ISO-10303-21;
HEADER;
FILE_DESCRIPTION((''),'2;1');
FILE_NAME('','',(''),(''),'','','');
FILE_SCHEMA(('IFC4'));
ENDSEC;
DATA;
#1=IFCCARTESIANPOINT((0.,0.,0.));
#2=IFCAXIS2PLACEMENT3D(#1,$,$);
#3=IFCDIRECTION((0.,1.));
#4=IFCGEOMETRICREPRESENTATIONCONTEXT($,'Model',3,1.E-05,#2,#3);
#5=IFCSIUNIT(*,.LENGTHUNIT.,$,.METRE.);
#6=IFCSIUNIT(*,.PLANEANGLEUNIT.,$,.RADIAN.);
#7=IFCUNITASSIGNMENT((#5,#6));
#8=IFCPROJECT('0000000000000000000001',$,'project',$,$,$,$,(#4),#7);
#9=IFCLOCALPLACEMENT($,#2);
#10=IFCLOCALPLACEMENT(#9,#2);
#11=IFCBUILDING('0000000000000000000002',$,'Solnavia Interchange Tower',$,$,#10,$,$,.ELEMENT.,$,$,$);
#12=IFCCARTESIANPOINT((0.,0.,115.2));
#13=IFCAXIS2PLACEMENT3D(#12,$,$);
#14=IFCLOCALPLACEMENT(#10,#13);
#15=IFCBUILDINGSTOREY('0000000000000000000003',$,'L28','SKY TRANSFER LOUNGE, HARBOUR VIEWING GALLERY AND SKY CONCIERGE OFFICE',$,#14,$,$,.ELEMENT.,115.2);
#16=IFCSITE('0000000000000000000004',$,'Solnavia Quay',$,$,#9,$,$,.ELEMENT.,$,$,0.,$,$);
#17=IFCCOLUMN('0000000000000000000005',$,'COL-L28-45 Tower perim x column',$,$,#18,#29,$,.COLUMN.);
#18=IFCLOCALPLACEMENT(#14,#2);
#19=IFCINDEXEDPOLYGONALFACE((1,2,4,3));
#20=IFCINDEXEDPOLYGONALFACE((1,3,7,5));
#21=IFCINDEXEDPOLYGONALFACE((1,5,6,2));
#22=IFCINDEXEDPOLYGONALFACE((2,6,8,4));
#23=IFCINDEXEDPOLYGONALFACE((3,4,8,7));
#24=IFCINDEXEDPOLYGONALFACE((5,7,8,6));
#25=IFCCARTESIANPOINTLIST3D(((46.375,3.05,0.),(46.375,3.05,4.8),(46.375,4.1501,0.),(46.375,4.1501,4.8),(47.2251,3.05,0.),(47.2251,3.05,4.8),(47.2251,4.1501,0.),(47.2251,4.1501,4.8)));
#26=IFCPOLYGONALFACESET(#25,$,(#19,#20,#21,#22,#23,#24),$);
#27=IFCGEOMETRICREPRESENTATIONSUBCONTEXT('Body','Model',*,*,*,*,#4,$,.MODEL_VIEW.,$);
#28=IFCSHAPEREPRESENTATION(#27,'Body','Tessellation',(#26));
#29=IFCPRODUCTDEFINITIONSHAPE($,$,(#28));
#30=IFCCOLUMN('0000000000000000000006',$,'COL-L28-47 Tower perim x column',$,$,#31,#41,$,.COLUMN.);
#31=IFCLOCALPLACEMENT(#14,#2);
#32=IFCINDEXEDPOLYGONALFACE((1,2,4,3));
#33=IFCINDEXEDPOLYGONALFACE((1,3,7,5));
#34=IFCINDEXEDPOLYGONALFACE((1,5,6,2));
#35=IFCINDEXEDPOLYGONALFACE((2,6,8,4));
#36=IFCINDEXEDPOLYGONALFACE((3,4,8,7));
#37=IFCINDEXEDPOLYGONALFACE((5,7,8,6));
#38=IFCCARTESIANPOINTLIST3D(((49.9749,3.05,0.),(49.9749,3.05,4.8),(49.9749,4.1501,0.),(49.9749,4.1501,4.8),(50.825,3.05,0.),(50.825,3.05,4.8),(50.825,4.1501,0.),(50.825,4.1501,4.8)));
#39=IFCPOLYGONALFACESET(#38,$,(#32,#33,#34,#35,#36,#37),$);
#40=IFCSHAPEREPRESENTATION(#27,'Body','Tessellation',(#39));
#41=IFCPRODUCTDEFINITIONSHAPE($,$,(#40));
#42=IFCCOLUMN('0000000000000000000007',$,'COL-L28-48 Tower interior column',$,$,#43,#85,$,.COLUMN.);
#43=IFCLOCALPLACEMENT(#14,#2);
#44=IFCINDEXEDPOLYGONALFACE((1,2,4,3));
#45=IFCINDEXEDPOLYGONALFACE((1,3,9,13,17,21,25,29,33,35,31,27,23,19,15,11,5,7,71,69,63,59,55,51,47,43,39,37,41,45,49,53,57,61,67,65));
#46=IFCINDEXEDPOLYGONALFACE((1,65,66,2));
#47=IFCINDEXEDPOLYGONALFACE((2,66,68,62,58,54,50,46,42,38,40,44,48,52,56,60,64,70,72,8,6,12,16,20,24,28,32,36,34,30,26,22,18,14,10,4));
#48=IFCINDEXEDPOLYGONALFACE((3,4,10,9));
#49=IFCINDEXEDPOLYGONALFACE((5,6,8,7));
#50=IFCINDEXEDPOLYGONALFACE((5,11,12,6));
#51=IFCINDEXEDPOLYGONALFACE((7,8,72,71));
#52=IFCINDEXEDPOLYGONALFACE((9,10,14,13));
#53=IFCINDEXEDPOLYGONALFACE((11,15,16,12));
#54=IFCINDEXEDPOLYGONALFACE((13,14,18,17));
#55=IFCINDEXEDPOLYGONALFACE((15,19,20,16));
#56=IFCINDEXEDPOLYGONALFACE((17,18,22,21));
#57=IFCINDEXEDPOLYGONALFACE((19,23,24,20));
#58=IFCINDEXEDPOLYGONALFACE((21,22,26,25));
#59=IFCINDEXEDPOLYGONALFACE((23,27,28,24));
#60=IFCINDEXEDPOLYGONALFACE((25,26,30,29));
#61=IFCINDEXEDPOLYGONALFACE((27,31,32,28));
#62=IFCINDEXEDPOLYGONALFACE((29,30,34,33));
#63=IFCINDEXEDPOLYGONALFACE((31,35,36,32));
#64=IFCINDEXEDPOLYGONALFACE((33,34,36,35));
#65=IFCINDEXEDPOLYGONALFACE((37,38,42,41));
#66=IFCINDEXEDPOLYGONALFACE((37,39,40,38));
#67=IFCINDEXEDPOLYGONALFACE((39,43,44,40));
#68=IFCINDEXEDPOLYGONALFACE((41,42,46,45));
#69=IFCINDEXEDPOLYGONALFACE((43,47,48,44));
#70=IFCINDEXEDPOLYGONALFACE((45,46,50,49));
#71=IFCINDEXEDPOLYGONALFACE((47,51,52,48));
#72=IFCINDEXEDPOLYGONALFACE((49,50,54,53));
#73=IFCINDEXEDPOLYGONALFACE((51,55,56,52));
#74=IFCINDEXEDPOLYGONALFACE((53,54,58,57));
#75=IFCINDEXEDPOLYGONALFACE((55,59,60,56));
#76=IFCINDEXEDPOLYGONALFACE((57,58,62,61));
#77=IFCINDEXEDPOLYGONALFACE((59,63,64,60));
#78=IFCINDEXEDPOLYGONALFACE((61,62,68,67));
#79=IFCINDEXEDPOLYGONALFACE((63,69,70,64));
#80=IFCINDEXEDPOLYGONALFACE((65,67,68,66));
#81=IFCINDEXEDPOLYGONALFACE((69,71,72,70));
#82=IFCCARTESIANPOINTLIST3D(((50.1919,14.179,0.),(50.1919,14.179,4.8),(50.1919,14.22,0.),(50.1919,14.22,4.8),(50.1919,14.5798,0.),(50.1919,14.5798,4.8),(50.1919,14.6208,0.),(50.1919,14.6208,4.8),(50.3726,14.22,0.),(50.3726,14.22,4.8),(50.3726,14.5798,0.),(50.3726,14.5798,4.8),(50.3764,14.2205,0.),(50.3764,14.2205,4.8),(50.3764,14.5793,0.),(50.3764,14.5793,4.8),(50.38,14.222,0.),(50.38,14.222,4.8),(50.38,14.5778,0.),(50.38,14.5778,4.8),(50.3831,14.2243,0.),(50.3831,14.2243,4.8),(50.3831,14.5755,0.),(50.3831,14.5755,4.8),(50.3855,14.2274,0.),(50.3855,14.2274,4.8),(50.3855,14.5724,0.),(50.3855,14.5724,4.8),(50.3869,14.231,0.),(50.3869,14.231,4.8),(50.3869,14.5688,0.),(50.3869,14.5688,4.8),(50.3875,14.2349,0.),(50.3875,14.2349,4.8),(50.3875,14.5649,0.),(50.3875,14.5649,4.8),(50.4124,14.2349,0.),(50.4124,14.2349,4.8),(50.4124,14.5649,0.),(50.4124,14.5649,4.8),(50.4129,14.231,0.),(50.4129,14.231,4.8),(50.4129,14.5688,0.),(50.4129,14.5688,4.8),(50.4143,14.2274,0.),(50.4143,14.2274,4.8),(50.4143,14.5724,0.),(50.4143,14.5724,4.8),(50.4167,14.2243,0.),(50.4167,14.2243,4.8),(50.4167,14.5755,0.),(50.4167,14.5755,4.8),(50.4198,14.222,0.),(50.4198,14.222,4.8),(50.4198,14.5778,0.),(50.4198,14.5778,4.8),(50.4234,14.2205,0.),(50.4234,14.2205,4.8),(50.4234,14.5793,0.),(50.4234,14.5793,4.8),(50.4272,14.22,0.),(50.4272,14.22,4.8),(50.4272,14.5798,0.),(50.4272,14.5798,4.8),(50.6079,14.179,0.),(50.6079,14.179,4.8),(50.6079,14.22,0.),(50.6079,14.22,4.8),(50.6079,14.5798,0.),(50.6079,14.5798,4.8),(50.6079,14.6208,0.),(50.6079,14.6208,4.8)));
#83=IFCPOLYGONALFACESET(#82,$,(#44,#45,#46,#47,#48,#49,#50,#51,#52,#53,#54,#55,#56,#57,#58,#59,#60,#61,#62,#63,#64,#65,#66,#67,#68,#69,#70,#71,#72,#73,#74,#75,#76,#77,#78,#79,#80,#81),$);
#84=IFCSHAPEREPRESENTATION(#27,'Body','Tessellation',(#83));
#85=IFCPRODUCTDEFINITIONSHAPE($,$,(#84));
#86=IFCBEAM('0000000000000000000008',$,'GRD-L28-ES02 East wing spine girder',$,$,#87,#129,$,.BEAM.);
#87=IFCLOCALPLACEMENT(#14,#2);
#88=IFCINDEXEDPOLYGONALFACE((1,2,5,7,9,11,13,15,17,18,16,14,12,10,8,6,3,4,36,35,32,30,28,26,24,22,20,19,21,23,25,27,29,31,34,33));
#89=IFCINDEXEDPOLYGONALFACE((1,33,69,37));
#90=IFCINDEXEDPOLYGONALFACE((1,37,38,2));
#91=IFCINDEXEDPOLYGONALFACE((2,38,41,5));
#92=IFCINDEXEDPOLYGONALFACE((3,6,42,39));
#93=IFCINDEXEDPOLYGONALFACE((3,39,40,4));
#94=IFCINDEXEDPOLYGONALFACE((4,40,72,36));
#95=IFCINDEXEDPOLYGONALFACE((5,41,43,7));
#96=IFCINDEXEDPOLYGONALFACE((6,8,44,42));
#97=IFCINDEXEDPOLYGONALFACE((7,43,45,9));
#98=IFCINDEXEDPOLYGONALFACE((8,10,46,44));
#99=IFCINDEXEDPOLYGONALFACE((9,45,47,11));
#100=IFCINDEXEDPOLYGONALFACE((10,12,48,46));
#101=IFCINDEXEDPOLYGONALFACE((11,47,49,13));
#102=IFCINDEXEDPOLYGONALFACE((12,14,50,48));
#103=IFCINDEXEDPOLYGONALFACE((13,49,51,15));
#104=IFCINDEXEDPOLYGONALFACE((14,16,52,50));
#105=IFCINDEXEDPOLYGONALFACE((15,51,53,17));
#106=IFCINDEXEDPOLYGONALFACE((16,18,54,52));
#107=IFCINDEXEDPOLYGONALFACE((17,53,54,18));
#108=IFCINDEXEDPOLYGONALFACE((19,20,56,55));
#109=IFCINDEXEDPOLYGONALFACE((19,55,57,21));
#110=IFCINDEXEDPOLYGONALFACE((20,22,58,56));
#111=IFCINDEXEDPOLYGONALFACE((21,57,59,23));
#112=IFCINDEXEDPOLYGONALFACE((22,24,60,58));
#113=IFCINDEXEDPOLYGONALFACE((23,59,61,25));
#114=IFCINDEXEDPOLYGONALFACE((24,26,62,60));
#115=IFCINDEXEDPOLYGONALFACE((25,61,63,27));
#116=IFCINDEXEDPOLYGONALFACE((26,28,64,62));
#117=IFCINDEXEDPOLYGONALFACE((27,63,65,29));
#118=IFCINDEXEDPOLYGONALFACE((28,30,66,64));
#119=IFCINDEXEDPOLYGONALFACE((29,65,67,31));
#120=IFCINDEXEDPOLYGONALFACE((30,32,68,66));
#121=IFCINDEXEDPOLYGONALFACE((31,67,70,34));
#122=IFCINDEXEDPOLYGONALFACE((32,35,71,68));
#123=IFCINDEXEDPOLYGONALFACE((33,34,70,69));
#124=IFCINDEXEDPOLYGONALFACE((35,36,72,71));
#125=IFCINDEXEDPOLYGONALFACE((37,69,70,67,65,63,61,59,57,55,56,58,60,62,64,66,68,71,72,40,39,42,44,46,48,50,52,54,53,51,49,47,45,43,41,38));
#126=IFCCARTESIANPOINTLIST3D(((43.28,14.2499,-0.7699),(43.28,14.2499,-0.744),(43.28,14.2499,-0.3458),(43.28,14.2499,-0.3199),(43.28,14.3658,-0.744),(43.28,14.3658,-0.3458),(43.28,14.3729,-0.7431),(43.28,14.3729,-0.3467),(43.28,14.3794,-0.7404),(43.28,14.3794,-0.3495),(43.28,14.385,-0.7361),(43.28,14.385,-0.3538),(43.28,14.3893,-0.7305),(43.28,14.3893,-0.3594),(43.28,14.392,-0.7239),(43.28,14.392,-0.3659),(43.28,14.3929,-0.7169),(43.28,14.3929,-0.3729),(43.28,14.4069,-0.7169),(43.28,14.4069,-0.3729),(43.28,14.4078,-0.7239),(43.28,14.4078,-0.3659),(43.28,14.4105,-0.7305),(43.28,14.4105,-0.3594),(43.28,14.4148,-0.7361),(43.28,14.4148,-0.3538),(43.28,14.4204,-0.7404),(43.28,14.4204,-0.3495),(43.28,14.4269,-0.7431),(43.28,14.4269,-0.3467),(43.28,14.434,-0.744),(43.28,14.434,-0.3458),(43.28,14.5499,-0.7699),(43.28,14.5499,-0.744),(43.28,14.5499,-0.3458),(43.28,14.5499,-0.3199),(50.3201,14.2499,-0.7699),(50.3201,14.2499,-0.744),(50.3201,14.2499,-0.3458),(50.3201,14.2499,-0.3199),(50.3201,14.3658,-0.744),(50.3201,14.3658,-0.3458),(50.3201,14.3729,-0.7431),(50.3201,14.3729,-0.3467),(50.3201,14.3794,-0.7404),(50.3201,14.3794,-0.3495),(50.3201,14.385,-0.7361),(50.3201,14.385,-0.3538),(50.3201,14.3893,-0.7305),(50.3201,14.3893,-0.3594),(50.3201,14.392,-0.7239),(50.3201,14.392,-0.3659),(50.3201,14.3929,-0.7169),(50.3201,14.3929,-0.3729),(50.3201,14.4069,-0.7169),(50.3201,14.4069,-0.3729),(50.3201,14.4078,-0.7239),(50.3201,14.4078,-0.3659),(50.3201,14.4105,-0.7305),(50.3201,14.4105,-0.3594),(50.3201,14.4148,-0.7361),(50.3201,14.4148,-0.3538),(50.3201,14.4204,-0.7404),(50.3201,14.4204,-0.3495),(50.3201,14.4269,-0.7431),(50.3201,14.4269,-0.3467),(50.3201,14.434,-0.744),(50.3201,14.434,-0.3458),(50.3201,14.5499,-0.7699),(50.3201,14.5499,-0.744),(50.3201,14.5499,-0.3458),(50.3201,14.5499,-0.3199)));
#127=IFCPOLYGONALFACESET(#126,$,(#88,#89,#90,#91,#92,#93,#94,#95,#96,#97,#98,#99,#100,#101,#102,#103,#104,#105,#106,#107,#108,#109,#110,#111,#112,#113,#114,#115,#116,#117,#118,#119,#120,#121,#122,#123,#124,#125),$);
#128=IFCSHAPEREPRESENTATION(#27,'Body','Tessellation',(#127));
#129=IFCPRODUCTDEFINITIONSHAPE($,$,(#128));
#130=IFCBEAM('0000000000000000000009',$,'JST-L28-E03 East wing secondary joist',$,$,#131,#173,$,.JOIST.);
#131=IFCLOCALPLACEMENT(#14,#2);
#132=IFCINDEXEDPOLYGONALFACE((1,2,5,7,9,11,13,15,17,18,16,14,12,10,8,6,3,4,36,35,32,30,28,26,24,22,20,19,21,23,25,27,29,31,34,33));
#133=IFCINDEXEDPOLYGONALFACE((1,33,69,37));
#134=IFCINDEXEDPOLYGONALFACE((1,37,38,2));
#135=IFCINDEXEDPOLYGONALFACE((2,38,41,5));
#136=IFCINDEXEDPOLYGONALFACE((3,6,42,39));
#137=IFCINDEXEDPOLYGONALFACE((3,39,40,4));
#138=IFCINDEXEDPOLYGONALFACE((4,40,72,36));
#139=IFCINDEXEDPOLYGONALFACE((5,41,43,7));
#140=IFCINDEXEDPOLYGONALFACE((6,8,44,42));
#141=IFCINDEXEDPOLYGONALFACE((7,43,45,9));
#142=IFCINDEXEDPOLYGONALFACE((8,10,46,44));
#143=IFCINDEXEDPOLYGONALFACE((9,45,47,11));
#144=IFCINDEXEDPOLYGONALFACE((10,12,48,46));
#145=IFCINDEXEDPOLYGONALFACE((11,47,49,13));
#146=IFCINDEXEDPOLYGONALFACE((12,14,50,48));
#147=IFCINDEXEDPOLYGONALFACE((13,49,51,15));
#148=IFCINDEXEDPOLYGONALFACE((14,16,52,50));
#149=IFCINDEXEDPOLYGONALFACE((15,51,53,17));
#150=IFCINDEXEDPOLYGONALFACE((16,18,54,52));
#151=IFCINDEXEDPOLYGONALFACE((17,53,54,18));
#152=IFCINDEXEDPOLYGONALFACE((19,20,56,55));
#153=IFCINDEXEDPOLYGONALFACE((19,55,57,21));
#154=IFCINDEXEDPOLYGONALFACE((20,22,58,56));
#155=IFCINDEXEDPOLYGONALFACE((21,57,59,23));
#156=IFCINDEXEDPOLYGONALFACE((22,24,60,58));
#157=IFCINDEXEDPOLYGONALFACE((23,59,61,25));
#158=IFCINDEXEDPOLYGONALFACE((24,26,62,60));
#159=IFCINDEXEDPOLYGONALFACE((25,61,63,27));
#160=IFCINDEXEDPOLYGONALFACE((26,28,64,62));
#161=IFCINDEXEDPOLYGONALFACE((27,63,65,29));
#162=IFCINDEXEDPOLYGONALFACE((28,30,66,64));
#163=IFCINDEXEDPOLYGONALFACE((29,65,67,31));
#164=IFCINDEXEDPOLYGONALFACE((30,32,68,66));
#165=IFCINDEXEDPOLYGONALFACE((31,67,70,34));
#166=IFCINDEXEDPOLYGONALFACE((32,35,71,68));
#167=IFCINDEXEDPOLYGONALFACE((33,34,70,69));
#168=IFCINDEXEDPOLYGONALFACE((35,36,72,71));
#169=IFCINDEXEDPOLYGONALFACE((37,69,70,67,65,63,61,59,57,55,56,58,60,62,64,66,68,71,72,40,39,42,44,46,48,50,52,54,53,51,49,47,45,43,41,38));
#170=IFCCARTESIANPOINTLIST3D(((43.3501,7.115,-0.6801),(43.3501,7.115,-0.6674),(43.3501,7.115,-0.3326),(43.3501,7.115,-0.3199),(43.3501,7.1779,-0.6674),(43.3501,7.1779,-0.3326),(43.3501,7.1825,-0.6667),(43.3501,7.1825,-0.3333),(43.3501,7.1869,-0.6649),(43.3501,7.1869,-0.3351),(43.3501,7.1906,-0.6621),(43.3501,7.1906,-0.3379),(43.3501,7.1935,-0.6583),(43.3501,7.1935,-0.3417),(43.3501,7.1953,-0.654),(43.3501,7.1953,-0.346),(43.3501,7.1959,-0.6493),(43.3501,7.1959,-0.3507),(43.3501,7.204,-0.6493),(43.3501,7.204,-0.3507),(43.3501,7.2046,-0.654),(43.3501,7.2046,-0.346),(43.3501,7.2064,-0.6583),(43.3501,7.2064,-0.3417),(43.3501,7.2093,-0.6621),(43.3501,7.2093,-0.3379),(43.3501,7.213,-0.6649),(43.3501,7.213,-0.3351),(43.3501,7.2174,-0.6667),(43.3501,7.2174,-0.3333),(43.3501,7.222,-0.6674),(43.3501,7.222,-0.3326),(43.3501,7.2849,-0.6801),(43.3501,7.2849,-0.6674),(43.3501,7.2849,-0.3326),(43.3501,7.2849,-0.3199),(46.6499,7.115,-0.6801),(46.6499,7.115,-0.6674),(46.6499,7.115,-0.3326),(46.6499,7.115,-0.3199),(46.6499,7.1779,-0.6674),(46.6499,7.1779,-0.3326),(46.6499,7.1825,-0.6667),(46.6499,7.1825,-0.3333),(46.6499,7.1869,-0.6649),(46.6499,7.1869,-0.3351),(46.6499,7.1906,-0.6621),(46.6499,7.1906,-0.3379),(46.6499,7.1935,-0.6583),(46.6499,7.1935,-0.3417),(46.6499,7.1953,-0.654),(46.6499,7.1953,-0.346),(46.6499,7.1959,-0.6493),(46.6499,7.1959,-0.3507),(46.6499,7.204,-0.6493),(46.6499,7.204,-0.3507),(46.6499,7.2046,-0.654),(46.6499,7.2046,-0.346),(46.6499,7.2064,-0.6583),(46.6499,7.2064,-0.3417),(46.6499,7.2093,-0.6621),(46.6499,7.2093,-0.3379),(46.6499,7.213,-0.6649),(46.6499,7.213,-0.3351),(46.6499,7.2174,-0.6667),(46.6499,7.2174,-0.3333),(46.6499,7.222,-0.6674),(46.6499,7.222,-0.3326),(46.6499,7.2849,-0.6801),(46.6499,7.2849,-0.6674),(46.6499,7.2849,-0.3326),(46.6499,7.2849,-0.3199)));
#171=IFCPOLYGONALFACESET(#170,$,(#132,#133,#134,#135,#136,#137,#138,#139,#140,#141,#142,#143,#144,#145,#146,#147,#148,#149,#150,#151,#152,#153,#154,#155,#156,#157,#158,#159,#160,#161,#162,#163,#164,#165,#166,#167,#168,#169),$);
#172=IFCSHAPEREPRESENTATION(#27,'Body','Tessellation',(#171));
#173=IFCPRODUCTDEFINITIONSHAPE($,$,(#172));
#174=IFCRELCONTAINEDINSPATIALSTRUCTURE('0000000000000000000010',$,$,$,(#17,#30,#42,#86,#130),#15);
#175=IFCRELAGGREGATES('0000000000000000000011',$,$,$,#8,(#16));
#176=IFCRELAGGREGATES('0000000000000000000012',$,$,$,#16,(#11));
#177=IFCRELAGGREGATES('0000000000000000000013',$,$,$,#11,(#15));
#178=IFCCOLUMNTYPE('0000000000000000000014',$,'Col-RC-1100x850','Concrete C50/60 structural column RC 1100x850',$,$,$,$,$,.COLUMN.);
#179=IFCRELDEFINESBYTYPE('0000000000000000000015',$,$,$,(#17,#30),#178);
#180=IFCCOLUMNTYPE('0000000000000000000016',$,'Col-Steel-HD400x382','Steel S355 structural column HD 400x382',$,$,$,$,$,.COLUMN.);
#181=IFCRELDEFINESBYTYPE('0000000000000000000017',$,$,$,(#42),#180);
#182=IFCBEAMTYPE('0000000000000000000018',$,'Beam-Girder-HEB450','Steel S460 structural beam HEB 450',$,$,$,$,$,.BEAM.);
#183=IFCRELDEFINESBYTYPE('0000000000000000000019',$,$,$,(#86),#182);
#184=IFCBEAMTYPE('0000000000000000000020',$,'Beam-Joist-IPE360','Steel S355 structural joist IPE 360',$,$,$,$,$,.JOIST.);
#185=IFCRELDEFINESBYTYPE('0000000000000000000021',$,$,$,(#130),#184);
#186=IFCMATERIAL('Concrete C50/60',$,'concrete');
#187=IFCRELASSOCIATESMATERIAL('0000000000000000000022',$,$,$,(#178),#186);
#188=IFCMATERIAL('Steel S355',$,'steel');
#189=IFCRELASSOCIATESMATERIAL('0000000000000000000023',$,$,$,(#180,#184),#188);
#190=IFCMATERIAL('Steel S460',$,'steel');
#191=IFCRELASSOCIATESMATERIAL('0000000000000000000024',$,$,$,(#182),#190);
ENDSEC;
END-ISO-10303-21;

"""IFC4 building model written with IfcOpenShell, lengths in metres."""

from ifc_helpers import new_model, si_unit, direction, frame, origin, origin_2d, place, context, subcontext, project, spatial, rectangle, i_section, extrude, material, material_profile, profile_set, type_object, element, save


model = new_model("IFC4")

# Units and contexts
model_context = context("Model", 3, precision=1e-05, world=origin(), true_north=direction((0.0, 1.0)))
body_context = subcontext(model_context, "Body", "Model", "MODEL_VIEW")
ifc_project = project(units=[si_unit("LENGTHUNIT", "METRE"), si_unit("PLANEANGLEUNIT", "RADIAN")], contexts=[model_context])

# Site, building, storey
site_placement = place(None, origin())
site = spatial("IfcSite", under=ifc_project, at=site_placement, Name="Solnavia Quay", CompositionType="ELEMENT", RefElevation=0.0)
building_placement = place(site_placement, origin())
building = spatial("IfcBuilding", under=site, at=building_placement, Name="Solnavia Interchange Tower", CompositionType="ELEMENT")
storey_placement = place(building_placement, frame((0.0, 0.0, 115.2)))
storey = spatial("IfcBuildingStorey", under=building, at=storey_placement, Name="L28", Description="SKY TRANSFER LOUNGE, HARBOUR VIEWING GALLERY AND SKY CONCIERGE OFFICE", CompositionType="ELEMENT", Elevation=115.2)

# Columns
ifc_material_1 = material(Name="Concrete C50/60", Category="concrete")
ifc_material_profile_1 = material_profile(ifc_material_1, rectangle(XDim=0.8501, YDim=1.1001, at=origin_2d()), Name="RC 1100x850")
ifc_profile_set_1 = profile_set([ifc_material_profile_1], Name="Concrete C50/60")
column_type_1 = type_object("IfcColumnType", Name="Col-RC-1100x850", Description="Concrete C50/60 structural column RC 1100x850", PredefinedType="COLUMN", material=ifc_profile_set_1)
for number, where, z_axis, x_axis, name in (
    (1, (46.8, 3.6001, 0.0), (0.0, 0.0, 1.0), (1.0, 0.0, 0.0), "COL-L28-45 Tower perim x column"),
    (2, (50.3999, 3.6001, 0.0), (0.0, 0.0, 1.0), (1.0, 0.0, 0.0), "COL-L28-47 Tower perim x column"),
):
    element("IfcColumn", number, at=place(storey_placement, frame(where, z_axis=z_axis, x_axis=x_axis)), inside=storey, type_object=column_type_1, Name=name, PredefinedType="COLUMN", context=body_context, shape_type="SweptSolid", body=[
        extrude(rectangle(XDim=0.8501, YDim=1.1001, at=origin_2d()), origin(), (0.0, 0.0, 1.0), 4.8),
    ])
ifc_material_2 = material(Name="Steel S355", Category="steel")
ifc_material_profile_2 = material_profile(ifc_material_2, i_section(OverallWidth=0.416, OverallDepth=0.4419, WebThickness=0.0249, FlangeThickness=0.041, FilletRadius=0.0149, at=origin_2d()), Name="HD 400x382")
ifc_profile_set_2 = profile_set([ifc_material_profile_2], Name="Steel S355")
column_type_2 = type_object("IfcColumnType", Name="Col-Steel-HD400x382", Description="Steel S355 structural column HD 400x382", PredefinedType="COLUMN", material=ifc_profile_set_2)
column_placement = place(storey_placement, frame((50.3999, 14.3999, 0.0), z_axis=(0.0, 0.0, 1.0), x_axis=(1.0, 0.0, 0.0)))
element("IfcColumn", 3, at=column_placement, inside=storey, type_object=column_type_2, Name="COL-L28-48 Tower interior column", PredefinedType="COLUMN", context=body_context, shape_type="SweptSolid", body=[
    extrude(i_section(OverallWidth=0.416, OverallDepth=0.4419, WebThickness=0.0249, FlangeThickness=0.041, FilletRadius=0.0149, at=origin_2d()), origin(), (0.0, 0.0, 1.0), 4.8),
])

# Beams
ifc_material_3 = material(Name="Steel S460", Category="steel")
ifc_material_profile_3 = material_profile(ifc_material_3, i_section(OverallWidth=0.3, OverallDepth=0.45, WebThickness=0.0139, FlangeThickness=0.0259, FilletRadius=0.0271, at=origin_2d()), Name="HEB 450")
ifc_profile_set_3 = profile_set([ifc_material_profile_3], Name="Steel S460")
beam_type_1 = type_object("IfcBeamType", Name="Beam-Girder-HEB450", Description="Steel S460 structural beam HEB 450", PredefinedType="BEAM", material=ifc_profile_set_3)
beam_1_placement = place(storey_placement, frame((43.28, 14.3999, -0.5449), z_axis=(1.0, 0.0, 0.0), x_axis=(0.0, 1.0, 0.0)))
element("IfcBeam", 4, at=beam_1_placement, inside=storey, type_object=beam_type_1, Name="GRD-L28-ES02 East wing spine girder", PredefinedType="BEAM", context=body_context, shape_type="SweptSolid", body=[
    extrude(i_section(OverallWidth=0.3, OverallDepth=0.45, WebThickness=0.0139, FlangeThickness=0.0259, FilletRadius=0.0271, at=origin_2d()), origin(), (0.0, 0.0, 1.0), 7.04),
])
ifc_material_profile_4 = material_profile(ifc_material_2, i_section(OverallWidth=0.1699, OverallDepth=0.3601, WebThickness=0.0081, FlangeThickness=0.0127, FilletRadius=0.0181, at=origin_2d()), Name="IPE 360")
ifc_profile_set_4 = profile_set([ifc_material_profile_4], Name="Steel S355")
beam_type_2 = type_object("IfcBeamType", Name="Beam-Joist-IPE360", Description="Steel S355 structural joist IPE 360", PredefinedType="JOIST", material=ifc_profile_set_4)
beam_2_placement = place(storey_placement, frame((43.3501, 7.2, -0.5), z_axis=(1.0, 0.0, 0.0), x_axis=(0.0, 1.0, 0.0)))
element("IfcBeam", 5, at=beam_2_placement, inside=storey, type_object=beam_type_2, Name="JST-L28-E03 East wing secondary joist", PredefinedType="JOIST", context=body_context, shape_type="SweptSolid", body=[
    extrude(i_section(OverallWidth=0.1699, OverallDepth=0.3601, WebThickness=0.0081, FlangeThickness=0.0127, FilletRadius=0.0181, at=origin_2d()), origin(), (0.0, 0.0, 1.0), 3.2998),
])

save(model, "model.ifc")
